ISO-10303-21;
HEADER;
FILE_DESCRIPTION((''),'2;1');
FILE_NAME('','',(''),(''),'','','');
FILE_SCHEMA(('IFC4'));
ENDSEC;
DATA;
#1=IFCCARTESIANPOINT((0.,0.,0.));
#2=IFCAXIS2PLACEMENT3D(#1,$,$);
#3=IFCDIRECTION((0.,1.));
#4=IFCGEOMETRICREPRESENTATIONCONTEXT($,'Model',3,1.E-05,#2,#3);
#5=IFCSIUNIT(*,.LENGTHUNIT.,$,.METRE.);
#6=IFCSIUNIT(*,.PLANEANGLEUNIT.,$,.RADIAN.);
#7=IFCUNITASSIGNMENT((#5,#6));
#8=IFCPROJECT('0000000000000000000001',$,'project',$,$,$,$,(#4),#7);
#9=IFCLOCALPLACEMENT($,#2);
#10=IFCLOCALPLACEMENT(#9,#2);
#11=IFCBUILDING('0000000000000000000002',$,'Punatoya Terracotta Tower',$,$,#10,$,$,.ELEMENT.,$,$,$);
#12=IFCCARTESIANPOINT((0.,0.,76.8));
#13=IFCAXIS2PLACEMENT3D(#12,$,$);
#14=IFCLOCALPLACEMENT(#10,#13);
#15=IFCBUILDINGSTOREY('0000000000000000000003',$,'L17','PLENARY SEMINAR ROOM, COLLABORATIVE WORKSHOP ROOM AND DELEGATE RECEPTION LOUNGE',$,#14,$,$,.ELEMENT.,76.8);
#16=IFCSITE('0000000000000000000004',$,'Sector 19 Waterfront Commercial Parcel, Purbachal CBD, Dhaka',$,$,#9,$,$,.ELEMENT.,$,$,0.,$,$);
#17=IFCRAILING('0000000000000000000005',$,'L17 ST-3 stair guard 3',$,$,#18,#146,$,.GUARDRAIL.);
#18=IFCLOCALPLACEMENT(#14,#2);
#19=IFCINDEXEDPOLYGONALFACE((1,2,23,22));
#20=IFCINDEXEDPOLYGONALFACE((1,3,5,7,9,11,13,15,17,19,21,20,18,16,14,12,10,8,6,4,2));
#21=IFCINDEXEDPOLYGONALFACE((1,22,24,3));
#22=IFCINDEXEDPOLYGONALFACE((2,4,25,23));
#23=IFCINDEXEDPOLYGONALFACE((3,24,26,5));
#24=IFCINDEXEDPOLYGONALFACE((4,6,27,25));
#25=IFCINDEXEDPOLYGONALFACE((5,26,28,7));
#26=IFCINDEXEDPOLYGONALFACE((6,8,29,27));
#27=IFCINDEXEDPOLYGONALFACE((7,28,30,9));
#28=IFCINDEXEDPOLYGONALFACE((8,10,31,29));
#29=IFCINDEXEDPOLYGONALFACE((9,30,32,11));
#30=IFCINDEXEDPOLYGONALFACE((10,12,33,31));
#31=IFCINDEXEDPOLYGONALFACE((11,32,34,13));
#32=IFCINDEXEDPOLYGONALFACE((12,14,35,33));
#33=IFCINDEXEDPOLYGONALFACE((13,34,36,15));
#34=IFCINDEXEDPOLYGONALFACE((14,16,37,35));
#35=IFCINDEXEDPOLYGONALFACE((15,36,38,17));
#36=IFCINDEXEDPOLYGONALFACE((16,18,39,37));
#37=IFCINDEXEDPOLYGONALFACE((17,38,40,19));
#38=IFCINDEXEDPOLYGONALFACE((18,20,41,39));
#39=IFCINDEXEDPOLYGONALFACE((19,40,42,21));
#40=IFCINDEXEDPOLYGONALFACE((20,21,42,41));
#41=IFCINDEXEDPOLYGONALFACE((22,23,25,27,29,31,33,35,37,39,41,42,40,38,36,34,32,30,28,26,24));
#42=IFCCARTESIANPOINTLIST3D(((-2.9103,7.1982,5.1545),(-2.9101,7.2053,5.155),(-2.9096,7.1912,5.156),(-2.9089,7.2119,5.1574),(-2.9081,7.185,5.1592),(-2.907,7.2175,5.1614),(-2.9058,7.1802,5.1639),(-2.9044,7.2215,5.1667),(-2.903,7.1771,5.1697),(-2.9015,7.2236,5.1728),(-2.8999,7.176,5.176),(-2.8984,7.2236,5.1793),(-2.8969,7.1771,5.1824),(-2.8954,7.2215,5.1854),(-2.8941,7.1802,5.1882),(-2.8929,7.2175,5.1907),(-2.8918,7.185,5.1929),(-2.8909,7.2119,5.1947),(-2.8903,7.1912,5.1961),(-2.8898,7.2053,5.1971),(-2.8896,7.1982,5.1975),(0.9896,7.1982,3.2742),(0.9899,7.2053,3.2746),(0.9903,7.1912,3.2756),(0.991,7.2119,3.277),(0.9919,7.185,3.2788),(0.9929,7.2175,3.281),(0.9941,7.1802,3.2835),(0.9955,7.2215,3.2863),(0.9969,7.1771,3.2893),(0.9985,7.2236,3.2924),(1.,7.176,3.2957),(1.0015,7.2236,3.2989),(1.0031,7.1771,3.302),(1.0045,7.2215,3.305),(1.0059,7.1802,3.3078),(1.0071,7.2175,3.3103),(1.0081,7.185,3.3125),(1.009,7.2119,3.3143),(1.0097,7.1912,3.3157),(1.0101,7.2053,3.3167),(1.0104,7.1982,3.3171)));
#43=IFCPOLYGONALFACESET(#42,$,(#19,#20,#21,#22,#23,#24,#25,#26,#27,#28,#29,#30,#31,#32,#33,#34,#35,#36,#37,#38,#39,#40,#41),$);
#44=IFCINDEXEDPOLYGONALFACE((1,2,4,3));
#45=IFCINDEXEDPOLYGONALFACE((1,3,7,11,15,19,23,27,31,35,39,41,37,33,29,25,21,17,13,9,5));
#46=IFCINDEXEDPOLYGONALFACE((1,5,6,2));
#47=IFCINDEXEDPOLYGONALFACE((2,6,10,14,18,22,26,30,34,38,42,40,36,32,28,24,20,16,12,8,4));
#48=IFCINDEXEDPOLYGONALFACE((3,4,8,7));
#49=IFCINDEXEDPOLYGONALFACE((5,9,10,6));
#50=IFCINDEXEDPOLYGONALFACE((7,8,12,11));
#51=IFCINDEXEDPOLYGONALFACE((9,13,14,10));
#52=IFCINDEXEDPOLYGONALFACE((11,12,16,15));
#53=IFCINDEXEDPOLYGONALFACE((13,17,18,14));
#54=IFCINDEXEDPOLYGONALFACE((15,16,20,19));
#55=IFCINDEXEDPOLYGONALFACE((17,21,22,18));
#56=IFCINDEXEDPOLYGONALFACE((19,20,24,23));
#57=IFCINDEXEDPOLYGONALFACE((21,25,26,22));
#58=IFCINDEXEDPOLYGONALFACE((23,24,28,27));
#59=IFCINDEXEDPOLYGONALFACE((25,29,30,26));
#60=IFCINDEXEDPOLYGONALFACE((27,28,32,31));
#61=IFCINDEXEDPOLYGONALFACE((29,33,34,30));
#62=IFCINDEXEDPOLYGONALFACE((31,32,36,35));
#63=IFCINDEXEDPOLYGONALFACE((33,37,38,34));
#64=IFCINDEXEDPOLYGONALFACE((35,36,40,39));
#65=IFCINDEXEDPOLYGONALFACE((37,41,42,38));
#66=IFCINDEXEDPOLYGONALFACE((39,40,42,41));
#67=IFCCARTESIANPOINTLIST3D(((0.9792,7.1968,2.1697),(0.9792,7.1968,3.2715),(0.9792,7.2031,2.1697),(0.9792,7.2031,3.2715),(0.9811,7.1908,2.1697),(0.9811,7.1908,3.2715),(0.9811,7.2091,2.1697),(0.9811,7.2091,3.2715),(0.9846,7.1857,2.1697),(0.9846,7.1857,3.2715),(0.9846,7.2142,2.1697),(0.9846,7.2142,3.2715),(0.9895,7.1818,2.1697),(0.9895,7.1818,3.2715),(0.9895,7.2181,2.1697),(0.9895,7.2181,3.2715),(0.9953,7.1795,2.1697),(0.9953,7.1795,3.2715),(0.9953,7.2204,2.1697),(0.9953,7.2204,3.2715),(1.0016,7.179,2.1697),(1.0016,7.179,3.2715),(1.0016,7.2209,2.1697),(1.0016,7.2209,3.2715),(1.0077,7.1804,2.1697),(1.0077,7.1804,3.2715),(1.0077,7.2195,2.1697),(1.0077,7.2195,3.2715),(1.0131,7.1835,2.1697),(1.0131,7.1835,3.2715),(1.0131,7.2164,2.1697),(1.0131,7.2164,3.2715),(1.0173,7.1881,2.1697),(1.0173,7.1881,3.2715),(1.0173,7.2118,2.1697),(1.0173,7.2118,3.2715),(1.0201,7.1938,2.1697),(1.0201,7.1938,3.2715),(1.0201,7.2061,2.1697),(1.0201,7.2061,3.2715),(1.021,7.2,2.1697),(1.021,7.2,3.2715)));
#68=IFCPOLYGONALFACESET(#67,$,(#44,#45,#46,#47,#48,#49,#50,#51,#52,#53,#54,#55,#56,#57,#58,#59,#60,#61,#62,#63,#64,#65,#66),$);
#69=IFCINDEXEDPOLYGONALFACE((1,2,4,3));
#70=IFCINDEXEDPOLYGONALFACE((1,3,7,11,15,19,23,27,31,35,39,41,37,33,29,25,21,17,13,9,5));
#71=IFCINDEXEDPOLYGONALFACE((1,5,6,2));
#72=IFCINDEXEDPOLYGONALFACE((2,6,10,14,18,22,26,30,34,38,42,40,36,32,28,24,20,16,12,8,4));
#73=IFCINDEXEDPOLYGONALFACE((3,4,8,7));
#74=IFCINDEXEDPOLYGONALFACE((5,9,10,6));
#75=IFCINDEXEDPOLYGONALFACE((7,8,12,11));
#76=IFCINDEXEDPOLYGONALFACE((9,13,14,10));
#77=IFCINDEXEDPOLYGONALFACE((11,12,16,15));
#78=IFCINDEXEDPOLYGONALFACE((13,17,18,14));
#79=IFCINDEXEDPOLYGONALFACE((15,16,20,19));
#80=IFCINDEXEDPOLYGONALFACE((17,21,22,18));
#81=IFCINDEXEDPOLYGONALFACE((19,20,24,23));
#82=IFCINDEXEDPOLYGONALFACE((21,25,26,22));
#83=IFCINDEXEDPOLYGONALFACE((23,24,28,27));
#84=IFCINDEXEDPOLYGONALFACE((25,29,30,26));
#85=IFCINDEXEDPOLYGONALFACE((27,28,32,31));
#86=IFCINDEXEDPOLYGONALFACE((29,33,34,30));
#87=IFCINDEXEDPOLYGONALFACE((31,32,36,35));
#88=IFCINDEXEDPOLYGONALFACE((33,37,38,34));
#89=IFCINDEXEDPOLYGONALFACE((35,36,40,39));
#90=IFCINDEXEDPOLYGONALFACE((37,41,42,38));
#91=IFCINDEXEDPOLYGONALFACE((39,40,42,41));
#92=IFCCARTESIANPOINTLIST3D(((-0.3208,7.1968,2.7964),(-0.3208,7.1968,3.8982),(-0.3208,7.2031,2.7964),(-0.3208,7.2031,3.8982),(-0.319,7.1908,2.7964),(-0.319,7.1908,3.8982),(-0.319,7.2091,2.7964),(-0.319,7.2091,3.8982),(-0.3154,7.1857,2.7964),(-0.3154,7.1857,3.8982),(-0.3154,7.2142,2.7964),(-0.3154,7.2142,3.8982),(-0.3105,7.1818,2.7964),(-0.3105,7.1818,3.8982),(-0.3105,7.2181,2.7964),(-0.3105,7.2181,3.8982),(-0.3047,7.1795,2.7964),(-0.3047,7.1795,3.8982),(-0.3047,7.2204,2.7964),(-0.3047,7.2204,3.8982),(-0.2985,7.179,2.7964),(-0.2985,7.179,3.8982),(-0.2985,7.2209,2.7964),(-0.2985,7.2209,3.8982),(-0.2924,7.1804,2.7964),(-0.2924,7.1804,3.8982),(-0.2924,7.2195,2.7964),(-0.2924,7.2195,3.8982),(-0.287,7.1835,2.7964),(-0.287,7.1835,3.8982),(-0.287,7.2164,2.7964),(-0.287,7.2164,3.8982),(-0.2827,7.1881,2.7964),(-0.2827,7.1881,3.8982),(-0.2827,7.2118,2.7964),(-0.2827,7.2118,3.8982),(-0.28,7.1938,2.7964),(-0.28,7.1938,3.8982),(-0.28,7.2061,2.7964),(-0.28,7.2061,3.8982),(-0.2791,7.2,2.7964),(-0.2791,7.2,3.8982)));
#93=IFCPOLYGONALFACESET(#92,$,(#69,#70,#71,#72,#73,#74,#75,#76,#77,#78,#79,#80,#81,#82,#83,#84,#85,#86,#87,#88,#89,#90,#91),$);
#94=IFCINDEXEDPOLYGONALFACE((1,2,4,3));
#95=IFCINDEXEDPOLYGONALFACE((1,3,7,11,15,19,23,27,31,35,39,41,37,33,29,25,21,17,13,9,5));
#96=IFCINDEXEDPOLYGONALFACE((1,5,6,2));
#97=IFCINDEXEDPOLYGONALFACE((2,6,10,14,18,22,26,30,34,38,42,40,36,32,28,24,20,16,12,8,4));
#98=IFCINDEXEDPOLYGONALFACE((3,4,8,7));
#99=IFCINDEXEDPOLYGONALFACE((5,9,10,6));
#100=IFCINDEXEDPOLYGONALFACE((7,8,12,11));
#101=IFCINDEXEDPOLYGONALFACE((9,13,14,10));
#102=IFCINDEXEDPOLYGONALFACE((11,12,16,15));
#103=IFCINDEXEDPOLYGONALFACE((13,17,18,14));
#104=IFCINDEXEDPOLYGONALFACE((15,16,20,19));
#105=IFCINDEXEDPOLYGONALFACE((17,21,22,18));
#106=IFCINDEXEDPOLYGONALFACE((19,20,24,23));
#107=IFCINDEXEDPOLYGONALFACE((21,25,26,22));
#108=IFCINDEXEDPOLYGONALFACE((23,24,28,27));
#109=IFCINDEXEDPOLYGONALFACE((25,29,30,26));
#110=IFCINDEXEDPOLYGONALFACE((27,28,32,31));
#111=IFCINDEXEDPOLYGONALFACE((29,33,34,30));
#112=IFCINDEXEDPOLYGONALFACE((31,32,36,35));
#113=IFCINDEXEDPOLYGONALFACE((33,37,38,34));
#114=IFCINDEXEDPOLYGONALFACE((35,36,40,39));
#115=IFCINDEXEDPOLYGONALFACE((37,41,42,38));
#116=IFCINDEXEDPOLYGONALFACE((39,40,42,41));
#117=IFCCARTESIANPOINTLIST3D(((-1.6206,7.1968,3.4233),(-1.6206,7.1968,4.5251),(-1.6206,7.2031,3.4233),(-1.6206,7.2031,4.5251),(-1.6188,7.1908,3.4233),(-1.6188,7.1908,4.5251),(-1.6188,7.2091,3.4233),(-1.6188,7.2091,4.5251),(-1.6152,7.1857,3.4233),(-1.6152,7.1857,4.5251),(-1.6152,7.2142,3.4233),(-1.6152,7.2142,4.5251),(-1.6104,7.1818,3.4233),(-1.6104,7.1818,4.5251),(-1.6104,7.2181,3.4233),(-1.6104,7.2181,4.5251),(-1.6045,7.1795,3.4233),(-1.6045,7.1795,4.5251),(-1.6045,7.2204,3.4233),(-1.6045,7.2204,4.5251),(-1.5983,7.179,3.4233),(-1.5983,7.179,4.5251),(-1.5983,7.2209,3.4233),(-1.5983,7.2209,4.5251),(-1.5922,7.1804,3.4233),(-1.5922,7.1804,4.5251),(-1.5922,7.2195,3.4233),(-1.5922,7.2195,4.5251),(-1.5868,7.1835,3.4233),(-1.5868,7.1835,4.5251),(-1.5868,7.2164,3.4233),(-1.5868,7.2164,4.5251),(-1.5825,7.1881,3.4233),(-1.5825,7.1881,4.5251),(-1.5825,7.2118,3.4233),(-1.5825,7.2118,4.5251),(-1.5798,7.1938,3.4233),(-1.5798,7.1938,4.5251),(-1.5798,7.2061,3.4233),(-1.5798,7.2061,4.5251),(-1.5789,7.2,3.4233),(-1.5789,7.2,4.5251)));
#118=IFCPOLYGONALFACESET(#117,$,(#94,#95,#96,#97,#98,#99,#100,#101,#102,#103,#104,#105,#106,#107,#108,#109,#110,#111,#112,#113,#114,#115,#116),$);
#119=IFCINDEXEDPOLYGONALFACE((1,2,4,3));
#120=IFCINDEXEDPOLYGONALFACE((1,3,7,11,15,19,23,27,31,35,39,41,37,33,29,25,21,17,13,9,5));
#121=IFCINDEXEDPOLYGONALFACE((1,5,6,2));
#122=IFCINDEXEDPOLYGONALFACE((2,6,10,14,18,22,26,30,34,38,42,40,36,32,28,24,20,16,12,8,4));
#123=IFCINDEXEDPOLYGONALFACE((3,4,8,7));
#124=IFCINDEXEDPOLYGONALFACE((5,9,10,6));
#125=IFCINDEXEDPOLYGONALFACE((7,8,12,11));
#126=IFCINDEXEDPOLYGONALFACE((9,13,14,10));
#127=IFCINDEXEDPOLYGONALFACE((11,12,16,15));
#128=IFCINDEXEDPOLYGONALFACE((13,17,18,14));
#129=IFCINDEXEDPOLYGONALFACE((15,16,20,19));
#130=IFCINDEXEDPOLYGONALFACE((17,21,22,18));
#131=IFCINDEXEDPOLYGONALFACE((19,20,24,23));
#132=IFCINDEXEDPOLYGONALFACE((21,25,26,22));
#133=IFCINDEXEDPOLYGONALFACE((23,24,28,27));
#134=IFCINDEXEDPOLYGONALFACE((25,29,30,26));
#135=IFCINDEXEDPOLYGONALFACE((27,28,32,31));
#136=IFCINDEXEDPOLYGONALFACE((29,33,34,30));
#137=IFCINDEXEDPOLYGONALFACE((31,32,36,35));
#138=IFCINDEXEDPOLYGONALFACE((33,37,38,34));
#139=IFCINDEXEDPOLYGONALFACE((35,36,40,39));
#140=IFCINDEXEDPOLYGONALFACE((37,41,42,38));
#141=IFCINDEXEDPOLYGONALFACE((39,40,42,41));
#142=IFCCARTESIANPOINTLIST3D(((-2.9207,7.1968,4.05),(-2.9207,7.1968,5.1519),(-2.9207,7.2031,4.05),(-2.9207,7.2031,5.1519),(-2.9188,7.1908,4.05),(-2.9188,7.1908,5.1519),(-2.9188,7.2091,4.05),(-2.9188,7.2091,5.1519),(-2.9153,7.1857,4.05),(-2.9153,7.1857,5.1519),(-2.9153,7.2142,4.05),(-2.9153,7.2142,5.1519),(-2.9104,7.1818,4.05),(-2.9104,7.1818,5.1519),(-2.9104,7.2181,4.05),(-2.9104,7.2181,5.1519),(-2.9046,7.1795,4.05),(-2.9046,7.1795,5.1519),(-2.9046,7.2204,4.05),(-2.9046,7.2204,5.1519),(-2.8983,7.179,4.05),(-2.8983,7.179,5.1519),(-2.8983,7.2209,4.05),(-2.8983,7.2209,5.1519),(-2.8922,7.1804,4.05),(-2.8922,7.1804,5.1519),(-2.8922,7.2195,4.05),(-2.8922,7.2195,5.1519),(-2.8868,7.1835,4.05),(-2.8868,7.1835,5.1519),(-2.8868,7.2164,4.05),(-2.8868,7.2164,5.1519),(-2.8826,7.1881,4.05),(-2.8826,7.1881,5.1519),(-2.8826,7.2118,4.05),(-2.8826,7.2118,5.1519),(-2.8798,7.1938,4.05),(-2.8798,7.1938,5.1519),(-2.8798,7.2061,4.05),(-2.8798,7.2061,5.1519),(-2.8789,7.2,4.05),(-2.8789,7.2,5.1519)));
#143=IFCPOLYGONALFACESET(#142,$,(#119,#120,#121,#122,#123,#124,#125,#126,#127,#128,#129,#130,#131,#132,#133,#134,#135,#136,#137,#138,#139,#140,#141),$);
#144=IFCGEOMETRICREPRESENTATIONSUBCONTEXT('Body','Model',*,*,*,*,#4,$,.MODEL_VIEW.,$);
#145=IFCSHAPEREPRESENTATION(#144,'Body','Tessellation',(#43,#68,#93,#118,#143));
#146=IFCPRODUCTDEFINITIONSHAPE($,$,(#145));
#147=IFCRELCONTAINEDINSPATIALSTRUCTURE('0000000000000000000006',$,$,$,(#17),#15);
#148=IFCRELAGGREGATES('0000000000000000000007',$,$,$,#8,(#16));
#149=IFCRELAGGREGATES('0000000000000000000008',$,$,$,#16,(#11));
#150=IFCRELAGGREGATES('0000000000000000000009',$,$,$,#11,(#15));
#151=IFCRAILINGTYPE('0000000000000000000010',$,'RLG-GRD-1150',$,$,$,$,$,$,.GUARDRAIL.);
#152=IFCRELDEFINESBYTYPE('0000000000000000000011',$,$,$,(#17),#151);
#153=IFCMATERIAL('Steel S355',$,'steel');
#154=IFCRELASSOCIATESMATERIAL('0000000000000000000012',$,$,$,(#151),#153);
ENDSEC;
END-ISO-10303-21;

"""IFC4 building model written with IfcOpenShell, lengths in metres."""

from ifc_helpers import new_model, si_unit, direction, frame, origin, origin_2d, place, context, subcontext, project, spatial, circle, extrude, material, type_object, element, save


model = new_model("IFC4")

# Units and contexts
model_context = context("Model", 3, precision=1e-05, world=origin(), true_north=direction((0.0, 1.0)))
body_context = subcontext(model_context, "Body", "Model", "MODEL_VIEW")
ifc_project = project(units=[si_unit("LENGTHUNIT", "METRE"), si_unit("PLANEANGLEUNIT", "RADIAN")], contexts=[model_context])

# Site, building, storey
site_placement = place(None, origin())
site = spatial("IfcSite", under=ifc_project, at=site_placement, Name="Sector 19 Waterfront Commercial Parcel, Purbachal CBD, Dhaka", CompositionType="ELEMENT", RefElevation=0.0)
building_placement = place(site_placement, origin())
building = spatial("IfcBuilding", under=site, at=building_placement, Name="Punatoya Terracotta Tower", CompositionType="ELEMENT")
storey_placement = place(building_placement, frame((0.0, 0.0, 76.8)))
storey = spatial("IfcBuildingStorey", under=building, at=storey_placement, Name="L17", Description="PLENARY SEMINAR ROOM, COLLABORATIVE WORKSHOP ROOM AND DELEGATE RECEPTION LOUNGE", CompositionType="ELEMENT", Elevation=76.8)

# Shared definitions
ifc_material_1 = material(Name="Steel S355", Category="steel")

# Railing
railing_type_1 = type_object("IfcRailingType", Name="RLG-GRD-1150", PredefinedType="GUARDRAIL", material=ifc_material_1)
railing_1_placement = place(storey_placement, frame((1.0, 7.2, 2.1697)))
element("IfcRailing", 1, at=railing_1_placement, inside=storey, type_object=railing_type_1, Name="L17 ST-3 stair guard 3", PredefinedType="GUARDRAIL", context=body_context, shape_type="SweptSolid", body=[
    extrude(circle(Radius=0.0239, at=origin_2d()), frame((0.0, 0.0, 1.126), z_axis=(-0.900763, 0.0, 0.434311), x_axis=(0.0, -1.0, 0.0)), (0.0, 0.0, 1.0), 4.3296),
    extrude(circle(Radius=0.021, at=origin_2d()), origin(), (0.0, 0.0, 1.0), 1.1018),
    extrude(circle(Radius=0.021, at=origin_2d()), frame((-1.3, 0.0, 0.6267)), (0.0, 0.0, 1.0), 1.1018),
    extrude(circle(Radius=0.021, at=origin_2d()), frame((-2.5999, 0.0, 1.2537)), (0.0, 0.0, 1.0), 1.1018),
    extrude(circle(Radius=0.021, at=origin_2d()), frame((-3.8999, 0.0, 1.8804)), (0.0, 0.0, 1.0), 1.1018),
])

save(model, "model.ifc")
